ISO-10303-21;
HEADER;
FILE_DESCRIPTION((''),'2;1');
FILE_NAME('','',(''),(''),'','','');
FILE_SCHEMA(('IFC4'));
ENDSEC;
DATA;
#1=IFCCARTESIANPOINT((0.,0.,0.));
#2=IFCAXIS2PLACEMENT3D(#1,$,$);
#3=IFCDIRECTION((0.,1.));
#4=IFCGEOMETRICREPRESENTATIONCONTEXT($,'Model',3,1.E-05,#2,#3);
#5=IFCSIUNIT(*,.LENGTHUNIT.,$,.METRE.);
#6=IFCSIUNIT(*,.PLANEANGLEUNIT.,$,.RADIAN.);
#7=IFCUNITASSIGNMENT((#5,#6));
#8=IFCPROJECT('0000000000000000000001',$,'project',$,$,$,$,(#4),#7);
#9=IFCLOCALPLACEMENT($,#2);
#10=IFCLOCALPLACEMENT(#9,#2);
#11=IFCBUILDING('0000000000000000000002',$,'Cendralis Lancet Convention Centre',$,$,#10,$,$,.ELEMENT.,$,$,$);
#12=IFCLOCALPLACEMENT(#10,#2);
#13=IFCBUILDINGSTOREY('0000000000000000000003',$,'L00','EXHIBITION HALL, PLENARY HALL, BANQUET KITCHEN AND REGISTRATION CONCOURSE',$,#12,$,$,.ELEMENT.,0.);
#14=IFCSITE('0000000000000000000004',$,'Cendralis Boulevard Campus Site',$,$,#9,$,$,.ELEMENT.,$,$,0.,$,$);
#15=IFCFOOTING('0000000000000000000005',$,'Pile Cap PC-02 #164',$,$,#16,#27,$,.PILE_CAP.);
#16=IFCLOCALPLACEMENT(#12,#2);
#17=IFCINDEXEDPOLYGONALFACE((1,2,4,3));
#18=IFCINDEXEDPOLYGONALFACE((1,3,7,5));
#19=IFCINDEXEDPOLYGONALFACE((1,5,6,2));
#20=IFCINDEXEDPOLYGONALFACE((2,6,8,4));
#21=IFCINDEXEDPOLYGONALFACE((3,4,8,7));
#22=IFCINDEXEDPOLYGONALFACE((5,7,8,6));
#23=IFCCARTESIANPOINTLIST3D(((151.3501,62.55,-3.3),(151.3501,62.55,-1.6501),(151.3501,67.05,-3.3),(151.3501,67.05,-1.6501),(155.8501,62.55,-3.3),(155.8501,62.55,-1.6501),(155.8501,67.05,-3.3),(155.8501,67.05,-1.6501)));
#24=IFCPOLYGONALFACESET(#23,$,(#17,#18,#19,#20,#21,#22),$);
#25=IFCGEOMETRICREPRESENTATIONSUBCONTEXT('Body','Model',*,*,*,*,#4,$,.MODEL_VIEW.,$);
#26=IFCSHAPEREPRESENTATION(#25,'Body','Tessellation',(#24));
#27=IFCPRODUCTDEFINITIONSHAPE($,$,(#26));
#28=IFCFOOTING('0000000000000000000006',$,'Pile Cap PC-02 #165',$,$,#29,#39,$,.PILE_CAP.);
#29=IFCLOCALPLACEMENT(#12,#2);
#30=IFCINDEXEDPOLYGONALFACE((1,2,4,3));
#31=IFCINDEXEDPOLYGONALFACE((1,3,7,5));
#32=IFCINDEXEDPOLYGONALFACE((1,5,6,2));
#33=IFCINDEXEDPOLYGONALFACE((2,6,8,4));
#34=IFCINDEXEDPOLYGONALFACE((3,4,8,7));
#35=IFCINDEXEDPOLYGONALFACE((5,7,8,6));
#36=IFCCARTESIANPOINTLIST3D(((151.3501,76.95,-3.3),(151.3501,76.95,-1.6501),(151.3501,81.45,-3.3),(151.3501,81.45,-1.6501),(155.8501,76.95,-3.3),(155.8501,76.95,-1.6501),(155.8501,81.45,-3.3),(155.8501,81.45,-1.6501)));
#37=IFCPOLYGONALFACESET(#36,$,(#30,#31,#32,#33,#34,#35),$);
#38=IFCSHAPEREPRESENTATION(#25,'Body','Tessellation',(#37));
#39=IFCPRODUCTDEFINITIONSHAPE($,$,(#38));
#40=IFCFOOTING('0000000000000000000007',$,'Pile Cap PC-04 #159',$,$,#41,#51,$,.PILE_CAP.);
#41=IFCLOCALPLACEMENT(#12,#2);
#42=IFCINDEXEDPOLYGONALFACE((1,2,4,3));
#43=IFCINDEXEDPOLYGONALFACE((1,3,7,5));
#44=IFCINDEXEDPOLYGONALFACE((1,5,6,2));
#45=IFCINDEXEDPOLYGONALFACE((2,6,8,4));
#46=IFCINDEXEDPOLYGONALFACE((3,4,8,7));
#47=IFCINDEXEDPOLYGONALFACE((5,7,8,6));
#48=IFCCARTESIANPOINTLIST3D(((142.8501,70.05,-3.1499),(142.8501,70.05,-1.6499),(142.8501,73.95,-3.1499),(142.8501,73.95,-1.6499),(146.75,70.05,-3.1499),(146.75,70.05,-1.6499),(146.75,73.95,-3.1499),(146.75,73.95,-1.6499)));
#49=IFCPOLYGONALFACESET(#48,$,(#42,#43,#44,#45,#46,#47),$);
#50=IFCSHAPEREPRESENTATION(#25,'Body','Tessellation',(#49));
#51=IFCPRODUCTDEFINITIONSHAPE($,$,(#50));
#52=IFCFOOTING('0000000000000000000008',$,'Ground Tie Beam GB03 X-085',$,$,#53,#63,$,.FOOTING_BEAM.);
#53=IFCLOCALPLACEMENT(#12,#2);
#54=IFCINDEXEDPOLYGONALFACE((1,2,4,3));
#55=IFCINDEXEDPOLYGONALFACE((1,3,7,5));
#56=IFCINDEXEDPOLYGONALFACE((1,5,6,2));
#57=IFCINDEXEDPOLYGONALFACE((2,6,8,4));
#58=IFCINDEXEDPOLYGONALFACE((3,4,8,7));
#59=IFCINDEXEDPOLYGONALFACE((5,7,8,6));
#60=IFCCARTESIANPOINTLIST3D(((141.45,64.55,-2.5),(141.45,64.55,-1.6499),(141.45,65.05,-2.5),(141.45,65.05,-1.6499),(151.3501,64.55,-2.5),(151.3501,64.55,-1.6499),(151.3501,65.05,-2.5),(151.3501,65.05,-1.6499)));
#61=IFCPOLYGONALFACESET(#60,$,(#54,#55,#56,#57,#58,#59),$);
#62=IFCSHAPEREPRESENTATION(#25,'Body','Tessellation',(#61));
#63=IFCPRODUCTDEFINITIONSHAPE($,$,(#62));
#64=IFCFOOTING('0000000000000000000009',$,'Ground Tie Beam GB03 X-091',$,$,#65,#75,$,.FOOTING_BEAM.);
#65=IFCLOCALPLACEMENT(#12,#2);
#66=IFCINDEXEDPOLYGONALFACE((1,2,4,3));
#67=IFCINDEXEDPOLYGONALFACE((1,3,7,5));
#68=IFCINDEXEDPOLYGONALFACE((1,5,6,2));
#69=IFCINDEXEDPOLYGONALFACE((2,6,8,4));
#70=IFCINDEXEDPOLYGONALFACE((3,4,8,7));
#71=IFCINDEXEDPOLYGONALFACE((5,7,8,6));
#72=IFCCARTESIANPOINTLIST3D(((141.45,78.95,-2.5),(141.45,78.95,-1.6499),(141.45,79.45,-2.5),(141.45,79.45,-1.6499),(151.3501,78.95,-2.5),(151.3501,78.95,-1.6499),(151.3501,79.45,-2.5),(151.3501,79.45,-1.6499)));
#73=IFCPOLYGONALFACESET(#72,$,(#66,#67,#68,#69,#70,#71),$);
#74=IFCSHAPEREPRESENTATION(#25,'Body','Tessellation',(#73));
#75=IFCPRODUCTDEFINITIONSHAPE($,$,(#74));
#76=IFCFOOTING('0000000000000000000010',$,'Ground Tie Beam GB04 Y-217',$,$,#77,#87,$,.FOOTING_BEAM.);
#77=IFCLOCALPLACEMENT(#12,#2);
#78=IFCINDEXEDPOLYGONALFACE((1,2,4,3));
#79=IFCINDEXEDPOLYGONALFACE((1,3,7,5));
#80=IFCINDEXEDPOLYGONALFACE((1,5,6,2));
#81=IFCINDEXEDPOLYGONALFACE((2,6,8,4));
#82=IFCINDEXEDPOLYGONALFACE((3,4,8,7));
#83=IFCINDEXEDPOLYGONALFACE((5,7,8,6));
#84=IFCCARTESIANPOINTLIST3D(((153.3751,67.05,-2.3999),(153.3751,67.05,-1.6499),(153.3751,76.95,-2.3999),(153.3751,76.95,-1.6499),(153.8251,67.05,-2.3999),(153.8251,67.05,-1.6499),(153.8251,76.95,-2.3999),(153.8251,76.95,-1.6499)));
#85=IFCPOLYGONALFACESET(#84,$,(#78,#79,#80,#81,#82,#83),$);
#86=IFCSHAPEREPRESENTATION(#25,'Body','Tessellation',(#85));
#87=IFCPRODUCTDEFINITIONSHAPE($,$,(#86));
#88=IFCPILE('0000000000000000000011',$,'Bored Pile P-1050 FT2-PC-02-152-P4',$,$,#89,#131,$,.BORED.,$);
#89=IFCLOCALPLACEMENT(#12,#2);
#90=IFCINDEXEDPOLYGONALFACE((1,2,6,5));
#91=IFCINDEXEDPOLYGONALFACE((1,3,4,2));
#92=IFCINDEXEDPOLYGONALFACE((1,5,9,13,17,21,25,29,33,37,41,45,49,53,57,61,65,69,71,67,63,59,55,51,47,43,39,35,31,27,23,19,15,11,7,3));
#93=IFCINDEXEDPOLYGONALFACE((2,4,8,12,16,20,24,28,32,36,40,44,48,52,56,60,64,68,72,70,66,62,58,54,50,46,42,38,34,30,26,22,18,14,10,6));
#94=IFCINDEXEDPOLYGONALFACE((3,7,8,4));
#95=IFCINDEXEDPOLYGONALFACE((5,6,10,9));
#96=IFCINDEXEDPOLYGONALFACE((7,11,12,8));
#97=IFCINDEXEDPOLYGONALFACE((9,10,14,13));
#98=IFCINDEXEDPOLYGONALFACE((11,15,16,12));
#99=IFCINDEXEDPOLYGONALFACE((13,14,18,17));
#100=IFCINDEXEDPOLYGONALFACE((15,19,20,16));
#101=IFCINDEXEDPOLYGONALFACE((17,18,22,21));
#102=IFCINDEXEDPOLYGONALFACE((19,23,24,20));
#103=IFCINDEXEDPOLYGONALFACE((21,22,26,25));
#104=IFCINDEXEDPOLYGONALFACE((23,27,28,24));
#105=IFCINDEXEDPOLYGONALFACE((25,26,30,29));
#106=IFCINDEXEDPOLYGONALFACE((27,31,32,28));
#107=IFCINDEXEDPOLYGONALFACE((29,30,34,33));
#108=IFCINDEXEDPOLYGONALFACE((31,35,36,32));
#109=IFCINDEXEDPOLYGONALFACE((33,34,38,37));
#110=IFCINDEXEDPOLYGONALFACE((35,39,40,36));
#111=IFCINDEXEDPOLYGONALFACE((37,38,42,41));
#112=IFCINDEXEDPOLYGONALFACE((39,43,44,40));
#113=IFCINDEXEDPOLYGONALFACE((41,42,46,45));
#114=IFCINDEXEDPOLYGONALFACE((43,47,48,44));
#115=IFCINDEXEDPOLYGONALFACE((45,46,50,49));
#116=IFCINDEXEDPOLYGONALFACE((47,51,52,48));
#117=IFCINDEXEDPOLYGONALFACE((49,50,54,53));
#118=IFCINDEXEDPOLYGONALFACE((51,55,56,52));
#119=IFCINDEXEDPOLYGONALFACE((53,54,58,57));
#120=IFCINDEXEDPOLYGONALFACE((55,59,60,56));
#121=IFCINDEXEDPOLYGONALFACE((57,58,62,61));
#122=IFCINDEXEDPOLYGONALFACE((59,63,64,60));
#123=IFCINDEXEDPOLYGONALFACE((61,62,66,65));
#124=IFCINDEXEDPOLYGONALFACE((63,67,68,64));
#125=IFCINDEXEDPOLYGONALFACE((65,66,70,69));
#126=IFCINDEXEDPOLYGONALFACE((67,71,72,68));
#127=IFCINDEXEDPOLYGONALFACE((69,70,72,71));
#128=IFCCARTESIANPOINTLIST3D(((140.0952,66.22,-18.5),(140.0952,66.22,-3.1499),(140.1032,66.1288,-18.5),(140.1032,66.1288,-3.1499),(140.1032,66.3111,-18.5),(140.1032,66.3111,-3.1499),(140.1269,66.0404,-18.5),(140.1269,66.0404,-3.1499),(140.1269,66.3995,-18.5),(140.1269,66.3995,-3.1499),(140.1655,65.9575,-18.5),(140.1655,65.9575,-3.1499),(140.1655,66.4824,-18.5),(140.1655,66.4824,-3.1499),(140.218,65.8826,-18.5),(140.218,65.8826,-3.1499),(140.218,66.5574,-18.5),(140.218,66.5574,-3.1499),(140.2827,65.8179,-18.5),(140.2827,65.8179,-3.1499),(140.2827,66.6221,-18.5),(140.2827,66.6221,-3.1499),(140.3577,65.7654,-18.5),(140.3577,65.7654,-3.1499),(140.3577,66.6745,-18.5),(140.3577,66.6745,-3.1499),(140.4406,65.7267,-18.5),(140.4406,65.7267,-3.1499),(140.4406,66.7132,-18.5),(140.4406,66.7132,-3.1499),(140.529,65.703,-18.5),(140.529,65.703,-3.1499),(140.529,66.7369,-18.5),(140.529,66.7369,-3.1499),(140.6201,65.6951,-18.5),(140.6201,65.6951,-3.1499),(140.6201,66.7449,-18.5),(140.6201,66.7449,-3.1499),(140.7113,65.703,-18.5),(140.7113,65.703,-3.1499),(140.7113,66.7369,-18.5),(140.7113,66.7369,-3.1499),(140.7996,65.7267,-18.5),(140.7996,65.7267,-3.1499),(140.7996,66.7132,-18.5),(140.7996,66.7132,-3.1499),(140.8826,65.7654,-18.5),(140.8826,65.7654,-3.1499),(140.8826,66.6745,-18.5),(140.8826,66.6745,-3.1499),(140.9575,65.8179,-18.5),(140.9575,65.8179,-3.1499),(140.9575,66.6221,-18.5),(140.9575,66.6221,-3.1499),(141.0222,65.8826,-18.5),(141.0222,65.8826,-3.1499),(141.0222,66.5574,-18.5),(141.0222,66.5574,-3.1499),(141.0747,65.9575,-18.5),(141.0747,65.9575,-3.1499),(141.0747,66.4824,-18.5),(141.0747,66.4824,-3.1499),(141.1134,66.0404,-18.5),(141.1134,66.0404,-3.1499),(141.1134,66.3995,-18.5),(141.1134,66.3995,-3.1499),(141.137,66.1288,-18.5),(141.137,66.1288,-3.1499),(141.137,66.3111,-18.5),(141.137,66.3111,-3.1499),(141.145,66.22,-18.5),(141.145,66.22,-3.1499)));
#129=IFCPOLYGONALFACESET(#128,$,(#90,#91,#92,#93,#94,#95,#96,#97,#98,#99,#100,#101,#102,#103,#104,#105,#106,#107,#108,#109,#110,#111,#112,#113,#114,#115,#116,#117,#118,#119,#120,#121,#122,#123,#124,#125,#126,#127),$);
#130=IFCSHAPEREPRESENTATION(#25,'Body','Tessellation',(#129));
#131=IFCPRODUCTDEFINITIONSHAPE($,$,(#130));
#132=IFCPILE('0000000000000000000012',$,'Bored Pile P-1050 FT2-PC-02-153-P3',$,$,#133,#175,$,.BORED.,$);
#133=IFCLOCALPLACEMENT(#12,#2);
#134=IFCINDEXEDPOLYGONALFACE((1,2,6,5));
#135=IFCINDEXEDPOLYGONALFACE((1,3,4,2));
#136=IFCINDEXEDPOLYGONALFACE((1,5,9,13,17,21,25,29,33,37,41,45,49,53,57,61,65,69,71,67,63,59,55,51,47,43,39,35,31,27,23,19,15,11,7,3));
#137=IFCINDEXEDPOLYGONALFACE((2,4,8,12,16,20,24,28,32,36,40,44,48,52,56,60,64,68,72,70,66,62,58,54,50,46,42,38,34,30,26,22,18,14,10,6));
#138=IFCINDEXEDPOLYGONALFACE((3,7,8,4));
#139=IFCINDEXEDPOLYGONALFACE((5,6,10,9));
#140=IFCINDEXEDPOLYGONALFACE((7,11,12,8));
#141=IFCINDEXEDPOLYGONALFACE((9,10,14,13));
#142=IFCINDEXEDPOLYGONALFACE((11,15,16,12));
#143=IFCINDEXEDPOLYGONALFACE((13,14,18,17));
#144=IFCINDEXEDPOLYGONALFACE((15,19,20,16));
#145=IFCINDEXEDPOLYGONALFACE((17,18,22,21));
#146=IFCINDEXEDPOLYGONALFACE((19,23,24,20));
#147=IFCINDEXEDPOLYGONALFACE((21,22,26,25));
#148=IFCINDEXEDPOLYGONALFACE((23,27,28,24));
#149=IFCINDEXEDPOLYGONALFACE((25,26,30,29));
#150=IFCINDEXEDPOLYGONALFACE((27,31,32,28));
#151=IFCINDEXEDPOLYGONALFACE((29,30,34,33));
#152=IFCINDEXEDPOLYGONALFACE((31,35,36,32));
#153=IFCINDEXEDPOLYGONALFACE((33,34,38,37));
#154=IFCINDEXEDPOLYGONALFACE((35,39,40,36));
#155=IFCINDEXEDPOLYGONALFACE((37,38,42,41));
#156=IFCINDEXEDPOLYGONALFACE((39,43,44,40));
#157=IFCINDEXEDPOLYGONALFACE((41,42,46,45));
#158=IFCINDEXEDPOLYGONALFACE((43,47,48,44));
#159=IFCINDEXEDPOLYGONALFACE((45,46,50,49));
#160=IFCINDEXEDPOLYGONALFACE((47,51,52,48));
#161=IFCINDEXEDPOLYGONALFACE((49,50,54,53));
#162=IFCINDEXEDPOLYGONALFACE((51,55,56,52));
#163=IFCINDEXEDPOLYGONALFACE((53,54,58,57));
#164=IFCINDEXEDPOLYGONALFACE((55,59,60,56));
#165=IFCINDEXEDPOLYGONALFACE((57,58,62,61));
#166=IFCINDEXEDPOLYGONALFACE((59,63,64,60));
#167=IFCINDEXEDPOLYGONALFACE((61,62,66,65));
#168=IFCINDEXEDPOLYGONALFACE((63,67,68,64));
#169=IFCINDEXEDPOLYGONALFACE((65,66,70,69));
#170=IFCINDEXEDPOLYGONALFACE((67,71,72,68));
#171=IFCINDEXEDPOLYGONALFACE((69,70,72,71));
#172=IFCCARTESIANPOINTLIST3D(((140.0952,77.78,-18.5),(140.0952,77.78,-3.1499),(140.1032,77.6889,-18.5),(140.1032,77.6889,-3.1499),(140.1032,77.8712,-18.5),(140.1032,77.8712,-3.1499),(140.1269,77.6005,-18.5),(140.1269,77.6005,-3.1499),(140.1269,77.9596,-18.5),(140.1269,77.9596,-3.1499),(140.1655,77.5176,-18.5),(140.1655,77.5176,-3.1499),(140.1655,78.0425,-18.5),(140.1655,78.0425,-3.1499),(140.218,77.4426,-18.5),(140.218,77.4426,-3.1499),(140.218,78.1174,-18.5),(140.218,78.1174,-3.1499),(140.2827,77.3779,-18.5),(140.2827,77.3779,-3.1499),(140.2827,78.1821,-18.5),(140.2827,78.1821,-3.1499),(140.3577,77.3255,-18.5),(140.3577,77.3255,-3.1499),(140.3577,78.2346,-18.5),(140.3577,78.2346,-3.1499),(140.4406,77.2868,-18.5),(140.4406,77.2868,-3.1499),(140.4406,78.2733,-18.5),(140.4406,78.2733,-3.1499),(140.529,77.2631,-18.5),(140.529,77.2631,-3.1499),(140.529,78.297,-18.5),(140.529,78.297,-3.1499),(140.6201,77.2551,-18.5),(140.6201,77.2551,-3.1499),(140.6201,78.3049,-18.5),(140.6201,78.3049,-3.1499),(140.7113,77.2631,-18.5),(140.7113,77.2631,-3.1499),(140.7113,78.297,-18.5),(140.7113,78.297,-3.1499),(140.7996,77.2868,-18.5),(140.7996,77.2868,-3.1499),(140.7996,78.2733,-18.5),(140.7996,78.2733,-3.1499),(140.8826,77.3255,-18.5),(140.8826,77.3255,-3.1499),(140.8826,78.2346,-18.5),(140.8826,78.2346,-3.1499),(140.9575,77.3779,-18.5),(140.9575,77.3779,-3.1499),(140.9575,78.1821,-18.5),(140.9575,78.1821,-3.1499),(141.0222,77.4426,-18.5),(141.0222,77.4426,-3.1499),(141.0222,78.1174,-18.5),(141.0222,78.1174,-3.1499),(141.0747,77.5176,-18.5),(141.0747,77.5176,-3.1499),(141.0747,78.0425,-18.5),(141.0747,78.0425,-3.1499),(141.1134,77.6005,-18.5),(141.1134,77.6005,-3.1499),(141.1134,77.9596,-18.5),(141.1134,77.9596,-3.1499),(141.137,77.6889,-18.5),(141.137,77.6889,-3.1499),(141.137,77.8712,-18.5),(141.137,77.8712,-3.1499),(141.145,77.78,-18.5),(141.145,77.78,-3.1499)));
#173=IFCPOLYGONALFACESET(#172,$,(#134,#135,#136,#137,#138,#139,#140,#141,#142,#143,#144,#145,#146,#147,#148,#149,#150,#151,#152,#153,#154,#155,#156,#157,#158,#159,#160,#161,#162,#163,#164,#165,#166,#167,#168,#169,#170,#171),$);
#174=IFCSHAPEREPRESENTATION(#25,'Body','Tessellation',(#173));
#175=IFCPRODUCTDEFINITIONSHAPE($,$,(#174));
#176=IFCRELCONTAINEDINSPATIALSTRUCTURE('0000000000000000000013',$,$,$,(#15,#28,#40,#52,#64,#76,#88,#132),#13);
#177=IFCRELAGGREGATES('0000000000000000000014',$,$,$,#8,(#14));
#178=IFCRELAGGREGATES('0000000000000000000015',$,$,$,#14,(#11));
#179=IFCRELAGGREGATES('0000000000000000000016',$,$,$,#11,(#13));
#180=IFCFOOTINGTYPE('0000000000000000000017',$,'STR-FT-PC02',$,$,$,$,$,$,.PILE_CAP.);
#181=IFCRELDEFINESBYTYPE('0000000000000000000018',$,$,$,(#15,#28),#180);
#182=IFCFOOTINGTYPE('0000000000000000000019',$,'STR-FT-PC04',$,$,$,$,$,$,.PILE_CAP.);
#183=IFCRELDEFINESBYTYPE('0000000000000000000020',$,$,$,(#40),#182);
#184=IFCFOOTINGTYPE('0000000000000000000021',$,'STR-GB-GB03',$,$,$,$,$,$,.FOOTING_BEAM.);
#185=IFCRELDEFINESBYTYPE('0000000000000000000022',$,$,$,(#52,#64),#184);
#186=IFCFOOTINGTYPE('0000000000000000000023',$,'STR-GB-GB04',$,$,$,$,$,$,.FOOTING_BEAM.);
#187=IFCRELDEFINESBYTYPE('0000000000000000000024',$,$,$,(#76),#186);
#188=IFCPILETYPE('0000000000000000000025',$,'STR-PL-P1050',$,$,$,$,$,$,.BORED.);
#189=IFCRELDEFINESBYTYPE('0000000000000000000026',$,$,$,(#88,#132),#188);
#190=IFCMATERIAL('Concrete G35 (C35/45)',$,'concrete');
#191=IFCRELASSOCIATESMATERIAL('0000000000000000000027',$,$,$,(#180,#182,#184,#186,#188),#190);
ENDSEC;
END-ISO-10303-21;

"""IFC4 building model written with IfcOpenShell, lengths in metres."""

from ifc_helpers import new_model, si_unit, direction, frame, origin, origin_2d, place, context, subcontext, project, spatial, rectangle, circle, extrude, material, material_profile, profile_set, type_object, element, save


model = new_model("IFC4")

# Units and contexts
model_context = context("Model", 3, precision=1e-05, world=origin(), true_north=direction((0.0, 1.0)))
body_context = subcontext(model_context, "Body", "Model", "MODEL_VIEW")
ifc_project = project(units=[si_unit("LENGTHUNIT", "METRE"), si_unit("PLANEANGLEUNIT", "RADIAN")], contexts=[model_context])

# Site, building, storey
site_placement = place(None, origin())
site = spatial("IfcSite", under=ifc_project, at=site_placement, Name="Cendralis Boulevard Campus Site", CompositionType="ELEMENT", RefElevation=0.0)
building_placement = place(site_placement, origin())
building = spatial("IfcBuilding", under=site, at=building_placement, Name="Cendralis Lancet Convention Centre", CompositionType="ELEMENT")
storey_placement = place(building_placement, origin())
storey = spatial("IfcBuildingStorey", under=building, at=storey_placement, Name="L00", Description="EXHIBITION HALL, PLENARY HALL, BANQUET KITCHEN AND REGISTRATION CONCOURSE", CompositionType="ELEMENT", Elevation=0.0)

# Footings
ifc_material_1 = material(Name="Concrete G35 (C35/45)", Category="concrete")
footing_type_1 = type_object("IfcFootingType", Name="STR-FT-PC02", PredefinedType="PILE_CAP", material=ifc_material_1)
for number, where, z_axis, x_axis, name in (
    (1, (153.6001, 64.8, -3.3), (0.0, 0.0, 1.0), (1.0, 0.0, 0.0), "Pile Cap PC-02 #164"),
    (2, (153.6001, 79.2, -3.3), (0.0, 0.0, 1.0), (1.0, 0.0, 0.0), "Pile Cap PC-02 #165"),
):
    element("IfcFooting", number, at=place(storey_placement, frame(where, z_axis=z_axis, x_axis=x_axis)), inside=storey, type_object=footing_type_1, Name=name, PredefinedType="PILE_CAP", context=body_context, shape_type="SweptSolid", body=[
        extrude(rectangle(XDim=4.5, YDim=4.5, at=origin_2d()), origin(), (0.0, 0.0, 1.0), 1.6499),
    ])
footing_type_2 = type_object("IfcFootingType", Name="STR-FT-PC04", PredefinedType="PILE_CAP", material=ifc_material_1)
footing_1_placement = place(storey_placement, frame((144.8, 72.0, -3.1499), z_axis=(0.0, 0.0, 1.0), x_axis=(1.0, 0.0, 0.0)))
element("IfcFooting", 3, at=footing_1_placement, inside=storey, type_object=footing_type_2, Name="Pile Cap PC-04 #159", PredefinedType="PILE_CAP", context=body_context, shape_type="SweptSolid", body=[
    extrude(rectangle(XDim=3.8999, YDim=3.8999, at=origin_2d()), origin(), (0.0, 0.0, 1.0), 1.5),
])
ifc_material_profile_1 = material_profile(ifc_material_1, rectangle(XDim=0.5, YDim=0.8501, at=origin_2d()), Name="RCB 500x850")
ifc_profile_set_1 = profile_set([ifc_material_profile_1], Name="Concrete G35 (C35/45)")
footing_type_3 = type_object("IfcFootingType", Name="STR-GB-GB03", PredefinedType="FOOTING_BEAM", material=ifc_profile_set_1)
for number, where, z_axis, x_axis, name in (
    (4, (141.45, 64.8, -2.075), (1.0, 0.0, 0.0), (0.0, 1.0, 0.0), "Ground Tie Beam GB03 X-085"),
    (5, (141.45, 79.2, -2.075), (1.0, 0.0, 0.0), (0.0, 1.0, 0.0), "Ground Tie Beam GB03 X-091"),
):
    element("IfcFooting", number, at=place(storey_placement, frame(where, z_axis=z_axis, x_axis=x_axis)), inside=storey, type_object=footing_type_3, Name=name, PredefinedType="FOOTING_BEAM", context=body_context, shape_type="SweptSolid", body=[
        extrude(rectangle(XDim=0.5, YDim=0.8501, at=origin_2d()), origin(), (0.0, 0.0, 1.0), 9.9001),
    ])
ifc_material_profile_2 = material_profile(ifc_material_1, rectangle(XDim=0.45, YDim=0.75, at=origin_2d()), Name="RCB 450x750")
ifc_profile_set_2 = profile_set([ifc_material_profile_2], Name="Concrete G35 (C35/45)")
footing_type_4 = type_object("IfcFootingType", Name="STR-GB-GB04", PredefinedType="FOOTING_BEAM", material=ifc_profile_set_2)
footing_2_placement = place(storey_placement, frame((153.6001, 67.05, -2.0249), z_axis=(0.0, 1.0, 0.0), x_axis=(-1.0, 0.0, 0.0)))
element("IfcFooting", 6, at=footing_2_placement, inside=storey, type_object=footing_type_4, Name="Ground Tie Beam GB04 Y-217", PredefinedType="FOOTING_BEAM", context=body_context, shape_type="SweptSolid", body=[
    extrude(rectangle(XDim=0.45, YDim=0.75, at=origin_2d()), origin(), (0.0, 0.0, 1.0), 9.8999),
])

# Piles
ifc_material_profile_3 = material_profile(ifc_material_1, circle(Radius=0.5249, at=origin_2d()), Name="BORED PILE D1050")
ifc_profile_set_3 = profile_set([ifc_material_profile_3], Name="Concrete G35 (C35/45)")
pile_type_1 = type_object("IfcPileType", Name="STR-PL-P1050", PredefinedType="BORED", material=ifc_profile_set_3)
for number, where, z_axis, x_axis, name in (
    (7, (140.6201, 66.22, -3.1499), (0.0, 0.0, -1.0), (1.0, 0.0, 0.0), "Bored Pile P-1050 FT2-PC-02-152-P4"),
    (8, (140.6201, 77.78, -3.1499), (0.0, 0.0, -1.0), (1.0, 0.0, 0.0), "Bored Pile P-1050 FT2-PC-02-153-P3"),
):
    element("IfcPile", number, at=place(storey_placement, frame(where, z_axis=z_axis, x_axis=x_axis)), inside=storey, type_object=pile_type_1, Name=name, PredefinedType="BORED", context=body_context, shape_type="SweptSolid", body=[
        extrude(circle(Radius=0.5249, at=origin_2d()), origin(), (0.0, 0.0, 1.0), 15.3501),
    ])

save(model, "model.ifc")
